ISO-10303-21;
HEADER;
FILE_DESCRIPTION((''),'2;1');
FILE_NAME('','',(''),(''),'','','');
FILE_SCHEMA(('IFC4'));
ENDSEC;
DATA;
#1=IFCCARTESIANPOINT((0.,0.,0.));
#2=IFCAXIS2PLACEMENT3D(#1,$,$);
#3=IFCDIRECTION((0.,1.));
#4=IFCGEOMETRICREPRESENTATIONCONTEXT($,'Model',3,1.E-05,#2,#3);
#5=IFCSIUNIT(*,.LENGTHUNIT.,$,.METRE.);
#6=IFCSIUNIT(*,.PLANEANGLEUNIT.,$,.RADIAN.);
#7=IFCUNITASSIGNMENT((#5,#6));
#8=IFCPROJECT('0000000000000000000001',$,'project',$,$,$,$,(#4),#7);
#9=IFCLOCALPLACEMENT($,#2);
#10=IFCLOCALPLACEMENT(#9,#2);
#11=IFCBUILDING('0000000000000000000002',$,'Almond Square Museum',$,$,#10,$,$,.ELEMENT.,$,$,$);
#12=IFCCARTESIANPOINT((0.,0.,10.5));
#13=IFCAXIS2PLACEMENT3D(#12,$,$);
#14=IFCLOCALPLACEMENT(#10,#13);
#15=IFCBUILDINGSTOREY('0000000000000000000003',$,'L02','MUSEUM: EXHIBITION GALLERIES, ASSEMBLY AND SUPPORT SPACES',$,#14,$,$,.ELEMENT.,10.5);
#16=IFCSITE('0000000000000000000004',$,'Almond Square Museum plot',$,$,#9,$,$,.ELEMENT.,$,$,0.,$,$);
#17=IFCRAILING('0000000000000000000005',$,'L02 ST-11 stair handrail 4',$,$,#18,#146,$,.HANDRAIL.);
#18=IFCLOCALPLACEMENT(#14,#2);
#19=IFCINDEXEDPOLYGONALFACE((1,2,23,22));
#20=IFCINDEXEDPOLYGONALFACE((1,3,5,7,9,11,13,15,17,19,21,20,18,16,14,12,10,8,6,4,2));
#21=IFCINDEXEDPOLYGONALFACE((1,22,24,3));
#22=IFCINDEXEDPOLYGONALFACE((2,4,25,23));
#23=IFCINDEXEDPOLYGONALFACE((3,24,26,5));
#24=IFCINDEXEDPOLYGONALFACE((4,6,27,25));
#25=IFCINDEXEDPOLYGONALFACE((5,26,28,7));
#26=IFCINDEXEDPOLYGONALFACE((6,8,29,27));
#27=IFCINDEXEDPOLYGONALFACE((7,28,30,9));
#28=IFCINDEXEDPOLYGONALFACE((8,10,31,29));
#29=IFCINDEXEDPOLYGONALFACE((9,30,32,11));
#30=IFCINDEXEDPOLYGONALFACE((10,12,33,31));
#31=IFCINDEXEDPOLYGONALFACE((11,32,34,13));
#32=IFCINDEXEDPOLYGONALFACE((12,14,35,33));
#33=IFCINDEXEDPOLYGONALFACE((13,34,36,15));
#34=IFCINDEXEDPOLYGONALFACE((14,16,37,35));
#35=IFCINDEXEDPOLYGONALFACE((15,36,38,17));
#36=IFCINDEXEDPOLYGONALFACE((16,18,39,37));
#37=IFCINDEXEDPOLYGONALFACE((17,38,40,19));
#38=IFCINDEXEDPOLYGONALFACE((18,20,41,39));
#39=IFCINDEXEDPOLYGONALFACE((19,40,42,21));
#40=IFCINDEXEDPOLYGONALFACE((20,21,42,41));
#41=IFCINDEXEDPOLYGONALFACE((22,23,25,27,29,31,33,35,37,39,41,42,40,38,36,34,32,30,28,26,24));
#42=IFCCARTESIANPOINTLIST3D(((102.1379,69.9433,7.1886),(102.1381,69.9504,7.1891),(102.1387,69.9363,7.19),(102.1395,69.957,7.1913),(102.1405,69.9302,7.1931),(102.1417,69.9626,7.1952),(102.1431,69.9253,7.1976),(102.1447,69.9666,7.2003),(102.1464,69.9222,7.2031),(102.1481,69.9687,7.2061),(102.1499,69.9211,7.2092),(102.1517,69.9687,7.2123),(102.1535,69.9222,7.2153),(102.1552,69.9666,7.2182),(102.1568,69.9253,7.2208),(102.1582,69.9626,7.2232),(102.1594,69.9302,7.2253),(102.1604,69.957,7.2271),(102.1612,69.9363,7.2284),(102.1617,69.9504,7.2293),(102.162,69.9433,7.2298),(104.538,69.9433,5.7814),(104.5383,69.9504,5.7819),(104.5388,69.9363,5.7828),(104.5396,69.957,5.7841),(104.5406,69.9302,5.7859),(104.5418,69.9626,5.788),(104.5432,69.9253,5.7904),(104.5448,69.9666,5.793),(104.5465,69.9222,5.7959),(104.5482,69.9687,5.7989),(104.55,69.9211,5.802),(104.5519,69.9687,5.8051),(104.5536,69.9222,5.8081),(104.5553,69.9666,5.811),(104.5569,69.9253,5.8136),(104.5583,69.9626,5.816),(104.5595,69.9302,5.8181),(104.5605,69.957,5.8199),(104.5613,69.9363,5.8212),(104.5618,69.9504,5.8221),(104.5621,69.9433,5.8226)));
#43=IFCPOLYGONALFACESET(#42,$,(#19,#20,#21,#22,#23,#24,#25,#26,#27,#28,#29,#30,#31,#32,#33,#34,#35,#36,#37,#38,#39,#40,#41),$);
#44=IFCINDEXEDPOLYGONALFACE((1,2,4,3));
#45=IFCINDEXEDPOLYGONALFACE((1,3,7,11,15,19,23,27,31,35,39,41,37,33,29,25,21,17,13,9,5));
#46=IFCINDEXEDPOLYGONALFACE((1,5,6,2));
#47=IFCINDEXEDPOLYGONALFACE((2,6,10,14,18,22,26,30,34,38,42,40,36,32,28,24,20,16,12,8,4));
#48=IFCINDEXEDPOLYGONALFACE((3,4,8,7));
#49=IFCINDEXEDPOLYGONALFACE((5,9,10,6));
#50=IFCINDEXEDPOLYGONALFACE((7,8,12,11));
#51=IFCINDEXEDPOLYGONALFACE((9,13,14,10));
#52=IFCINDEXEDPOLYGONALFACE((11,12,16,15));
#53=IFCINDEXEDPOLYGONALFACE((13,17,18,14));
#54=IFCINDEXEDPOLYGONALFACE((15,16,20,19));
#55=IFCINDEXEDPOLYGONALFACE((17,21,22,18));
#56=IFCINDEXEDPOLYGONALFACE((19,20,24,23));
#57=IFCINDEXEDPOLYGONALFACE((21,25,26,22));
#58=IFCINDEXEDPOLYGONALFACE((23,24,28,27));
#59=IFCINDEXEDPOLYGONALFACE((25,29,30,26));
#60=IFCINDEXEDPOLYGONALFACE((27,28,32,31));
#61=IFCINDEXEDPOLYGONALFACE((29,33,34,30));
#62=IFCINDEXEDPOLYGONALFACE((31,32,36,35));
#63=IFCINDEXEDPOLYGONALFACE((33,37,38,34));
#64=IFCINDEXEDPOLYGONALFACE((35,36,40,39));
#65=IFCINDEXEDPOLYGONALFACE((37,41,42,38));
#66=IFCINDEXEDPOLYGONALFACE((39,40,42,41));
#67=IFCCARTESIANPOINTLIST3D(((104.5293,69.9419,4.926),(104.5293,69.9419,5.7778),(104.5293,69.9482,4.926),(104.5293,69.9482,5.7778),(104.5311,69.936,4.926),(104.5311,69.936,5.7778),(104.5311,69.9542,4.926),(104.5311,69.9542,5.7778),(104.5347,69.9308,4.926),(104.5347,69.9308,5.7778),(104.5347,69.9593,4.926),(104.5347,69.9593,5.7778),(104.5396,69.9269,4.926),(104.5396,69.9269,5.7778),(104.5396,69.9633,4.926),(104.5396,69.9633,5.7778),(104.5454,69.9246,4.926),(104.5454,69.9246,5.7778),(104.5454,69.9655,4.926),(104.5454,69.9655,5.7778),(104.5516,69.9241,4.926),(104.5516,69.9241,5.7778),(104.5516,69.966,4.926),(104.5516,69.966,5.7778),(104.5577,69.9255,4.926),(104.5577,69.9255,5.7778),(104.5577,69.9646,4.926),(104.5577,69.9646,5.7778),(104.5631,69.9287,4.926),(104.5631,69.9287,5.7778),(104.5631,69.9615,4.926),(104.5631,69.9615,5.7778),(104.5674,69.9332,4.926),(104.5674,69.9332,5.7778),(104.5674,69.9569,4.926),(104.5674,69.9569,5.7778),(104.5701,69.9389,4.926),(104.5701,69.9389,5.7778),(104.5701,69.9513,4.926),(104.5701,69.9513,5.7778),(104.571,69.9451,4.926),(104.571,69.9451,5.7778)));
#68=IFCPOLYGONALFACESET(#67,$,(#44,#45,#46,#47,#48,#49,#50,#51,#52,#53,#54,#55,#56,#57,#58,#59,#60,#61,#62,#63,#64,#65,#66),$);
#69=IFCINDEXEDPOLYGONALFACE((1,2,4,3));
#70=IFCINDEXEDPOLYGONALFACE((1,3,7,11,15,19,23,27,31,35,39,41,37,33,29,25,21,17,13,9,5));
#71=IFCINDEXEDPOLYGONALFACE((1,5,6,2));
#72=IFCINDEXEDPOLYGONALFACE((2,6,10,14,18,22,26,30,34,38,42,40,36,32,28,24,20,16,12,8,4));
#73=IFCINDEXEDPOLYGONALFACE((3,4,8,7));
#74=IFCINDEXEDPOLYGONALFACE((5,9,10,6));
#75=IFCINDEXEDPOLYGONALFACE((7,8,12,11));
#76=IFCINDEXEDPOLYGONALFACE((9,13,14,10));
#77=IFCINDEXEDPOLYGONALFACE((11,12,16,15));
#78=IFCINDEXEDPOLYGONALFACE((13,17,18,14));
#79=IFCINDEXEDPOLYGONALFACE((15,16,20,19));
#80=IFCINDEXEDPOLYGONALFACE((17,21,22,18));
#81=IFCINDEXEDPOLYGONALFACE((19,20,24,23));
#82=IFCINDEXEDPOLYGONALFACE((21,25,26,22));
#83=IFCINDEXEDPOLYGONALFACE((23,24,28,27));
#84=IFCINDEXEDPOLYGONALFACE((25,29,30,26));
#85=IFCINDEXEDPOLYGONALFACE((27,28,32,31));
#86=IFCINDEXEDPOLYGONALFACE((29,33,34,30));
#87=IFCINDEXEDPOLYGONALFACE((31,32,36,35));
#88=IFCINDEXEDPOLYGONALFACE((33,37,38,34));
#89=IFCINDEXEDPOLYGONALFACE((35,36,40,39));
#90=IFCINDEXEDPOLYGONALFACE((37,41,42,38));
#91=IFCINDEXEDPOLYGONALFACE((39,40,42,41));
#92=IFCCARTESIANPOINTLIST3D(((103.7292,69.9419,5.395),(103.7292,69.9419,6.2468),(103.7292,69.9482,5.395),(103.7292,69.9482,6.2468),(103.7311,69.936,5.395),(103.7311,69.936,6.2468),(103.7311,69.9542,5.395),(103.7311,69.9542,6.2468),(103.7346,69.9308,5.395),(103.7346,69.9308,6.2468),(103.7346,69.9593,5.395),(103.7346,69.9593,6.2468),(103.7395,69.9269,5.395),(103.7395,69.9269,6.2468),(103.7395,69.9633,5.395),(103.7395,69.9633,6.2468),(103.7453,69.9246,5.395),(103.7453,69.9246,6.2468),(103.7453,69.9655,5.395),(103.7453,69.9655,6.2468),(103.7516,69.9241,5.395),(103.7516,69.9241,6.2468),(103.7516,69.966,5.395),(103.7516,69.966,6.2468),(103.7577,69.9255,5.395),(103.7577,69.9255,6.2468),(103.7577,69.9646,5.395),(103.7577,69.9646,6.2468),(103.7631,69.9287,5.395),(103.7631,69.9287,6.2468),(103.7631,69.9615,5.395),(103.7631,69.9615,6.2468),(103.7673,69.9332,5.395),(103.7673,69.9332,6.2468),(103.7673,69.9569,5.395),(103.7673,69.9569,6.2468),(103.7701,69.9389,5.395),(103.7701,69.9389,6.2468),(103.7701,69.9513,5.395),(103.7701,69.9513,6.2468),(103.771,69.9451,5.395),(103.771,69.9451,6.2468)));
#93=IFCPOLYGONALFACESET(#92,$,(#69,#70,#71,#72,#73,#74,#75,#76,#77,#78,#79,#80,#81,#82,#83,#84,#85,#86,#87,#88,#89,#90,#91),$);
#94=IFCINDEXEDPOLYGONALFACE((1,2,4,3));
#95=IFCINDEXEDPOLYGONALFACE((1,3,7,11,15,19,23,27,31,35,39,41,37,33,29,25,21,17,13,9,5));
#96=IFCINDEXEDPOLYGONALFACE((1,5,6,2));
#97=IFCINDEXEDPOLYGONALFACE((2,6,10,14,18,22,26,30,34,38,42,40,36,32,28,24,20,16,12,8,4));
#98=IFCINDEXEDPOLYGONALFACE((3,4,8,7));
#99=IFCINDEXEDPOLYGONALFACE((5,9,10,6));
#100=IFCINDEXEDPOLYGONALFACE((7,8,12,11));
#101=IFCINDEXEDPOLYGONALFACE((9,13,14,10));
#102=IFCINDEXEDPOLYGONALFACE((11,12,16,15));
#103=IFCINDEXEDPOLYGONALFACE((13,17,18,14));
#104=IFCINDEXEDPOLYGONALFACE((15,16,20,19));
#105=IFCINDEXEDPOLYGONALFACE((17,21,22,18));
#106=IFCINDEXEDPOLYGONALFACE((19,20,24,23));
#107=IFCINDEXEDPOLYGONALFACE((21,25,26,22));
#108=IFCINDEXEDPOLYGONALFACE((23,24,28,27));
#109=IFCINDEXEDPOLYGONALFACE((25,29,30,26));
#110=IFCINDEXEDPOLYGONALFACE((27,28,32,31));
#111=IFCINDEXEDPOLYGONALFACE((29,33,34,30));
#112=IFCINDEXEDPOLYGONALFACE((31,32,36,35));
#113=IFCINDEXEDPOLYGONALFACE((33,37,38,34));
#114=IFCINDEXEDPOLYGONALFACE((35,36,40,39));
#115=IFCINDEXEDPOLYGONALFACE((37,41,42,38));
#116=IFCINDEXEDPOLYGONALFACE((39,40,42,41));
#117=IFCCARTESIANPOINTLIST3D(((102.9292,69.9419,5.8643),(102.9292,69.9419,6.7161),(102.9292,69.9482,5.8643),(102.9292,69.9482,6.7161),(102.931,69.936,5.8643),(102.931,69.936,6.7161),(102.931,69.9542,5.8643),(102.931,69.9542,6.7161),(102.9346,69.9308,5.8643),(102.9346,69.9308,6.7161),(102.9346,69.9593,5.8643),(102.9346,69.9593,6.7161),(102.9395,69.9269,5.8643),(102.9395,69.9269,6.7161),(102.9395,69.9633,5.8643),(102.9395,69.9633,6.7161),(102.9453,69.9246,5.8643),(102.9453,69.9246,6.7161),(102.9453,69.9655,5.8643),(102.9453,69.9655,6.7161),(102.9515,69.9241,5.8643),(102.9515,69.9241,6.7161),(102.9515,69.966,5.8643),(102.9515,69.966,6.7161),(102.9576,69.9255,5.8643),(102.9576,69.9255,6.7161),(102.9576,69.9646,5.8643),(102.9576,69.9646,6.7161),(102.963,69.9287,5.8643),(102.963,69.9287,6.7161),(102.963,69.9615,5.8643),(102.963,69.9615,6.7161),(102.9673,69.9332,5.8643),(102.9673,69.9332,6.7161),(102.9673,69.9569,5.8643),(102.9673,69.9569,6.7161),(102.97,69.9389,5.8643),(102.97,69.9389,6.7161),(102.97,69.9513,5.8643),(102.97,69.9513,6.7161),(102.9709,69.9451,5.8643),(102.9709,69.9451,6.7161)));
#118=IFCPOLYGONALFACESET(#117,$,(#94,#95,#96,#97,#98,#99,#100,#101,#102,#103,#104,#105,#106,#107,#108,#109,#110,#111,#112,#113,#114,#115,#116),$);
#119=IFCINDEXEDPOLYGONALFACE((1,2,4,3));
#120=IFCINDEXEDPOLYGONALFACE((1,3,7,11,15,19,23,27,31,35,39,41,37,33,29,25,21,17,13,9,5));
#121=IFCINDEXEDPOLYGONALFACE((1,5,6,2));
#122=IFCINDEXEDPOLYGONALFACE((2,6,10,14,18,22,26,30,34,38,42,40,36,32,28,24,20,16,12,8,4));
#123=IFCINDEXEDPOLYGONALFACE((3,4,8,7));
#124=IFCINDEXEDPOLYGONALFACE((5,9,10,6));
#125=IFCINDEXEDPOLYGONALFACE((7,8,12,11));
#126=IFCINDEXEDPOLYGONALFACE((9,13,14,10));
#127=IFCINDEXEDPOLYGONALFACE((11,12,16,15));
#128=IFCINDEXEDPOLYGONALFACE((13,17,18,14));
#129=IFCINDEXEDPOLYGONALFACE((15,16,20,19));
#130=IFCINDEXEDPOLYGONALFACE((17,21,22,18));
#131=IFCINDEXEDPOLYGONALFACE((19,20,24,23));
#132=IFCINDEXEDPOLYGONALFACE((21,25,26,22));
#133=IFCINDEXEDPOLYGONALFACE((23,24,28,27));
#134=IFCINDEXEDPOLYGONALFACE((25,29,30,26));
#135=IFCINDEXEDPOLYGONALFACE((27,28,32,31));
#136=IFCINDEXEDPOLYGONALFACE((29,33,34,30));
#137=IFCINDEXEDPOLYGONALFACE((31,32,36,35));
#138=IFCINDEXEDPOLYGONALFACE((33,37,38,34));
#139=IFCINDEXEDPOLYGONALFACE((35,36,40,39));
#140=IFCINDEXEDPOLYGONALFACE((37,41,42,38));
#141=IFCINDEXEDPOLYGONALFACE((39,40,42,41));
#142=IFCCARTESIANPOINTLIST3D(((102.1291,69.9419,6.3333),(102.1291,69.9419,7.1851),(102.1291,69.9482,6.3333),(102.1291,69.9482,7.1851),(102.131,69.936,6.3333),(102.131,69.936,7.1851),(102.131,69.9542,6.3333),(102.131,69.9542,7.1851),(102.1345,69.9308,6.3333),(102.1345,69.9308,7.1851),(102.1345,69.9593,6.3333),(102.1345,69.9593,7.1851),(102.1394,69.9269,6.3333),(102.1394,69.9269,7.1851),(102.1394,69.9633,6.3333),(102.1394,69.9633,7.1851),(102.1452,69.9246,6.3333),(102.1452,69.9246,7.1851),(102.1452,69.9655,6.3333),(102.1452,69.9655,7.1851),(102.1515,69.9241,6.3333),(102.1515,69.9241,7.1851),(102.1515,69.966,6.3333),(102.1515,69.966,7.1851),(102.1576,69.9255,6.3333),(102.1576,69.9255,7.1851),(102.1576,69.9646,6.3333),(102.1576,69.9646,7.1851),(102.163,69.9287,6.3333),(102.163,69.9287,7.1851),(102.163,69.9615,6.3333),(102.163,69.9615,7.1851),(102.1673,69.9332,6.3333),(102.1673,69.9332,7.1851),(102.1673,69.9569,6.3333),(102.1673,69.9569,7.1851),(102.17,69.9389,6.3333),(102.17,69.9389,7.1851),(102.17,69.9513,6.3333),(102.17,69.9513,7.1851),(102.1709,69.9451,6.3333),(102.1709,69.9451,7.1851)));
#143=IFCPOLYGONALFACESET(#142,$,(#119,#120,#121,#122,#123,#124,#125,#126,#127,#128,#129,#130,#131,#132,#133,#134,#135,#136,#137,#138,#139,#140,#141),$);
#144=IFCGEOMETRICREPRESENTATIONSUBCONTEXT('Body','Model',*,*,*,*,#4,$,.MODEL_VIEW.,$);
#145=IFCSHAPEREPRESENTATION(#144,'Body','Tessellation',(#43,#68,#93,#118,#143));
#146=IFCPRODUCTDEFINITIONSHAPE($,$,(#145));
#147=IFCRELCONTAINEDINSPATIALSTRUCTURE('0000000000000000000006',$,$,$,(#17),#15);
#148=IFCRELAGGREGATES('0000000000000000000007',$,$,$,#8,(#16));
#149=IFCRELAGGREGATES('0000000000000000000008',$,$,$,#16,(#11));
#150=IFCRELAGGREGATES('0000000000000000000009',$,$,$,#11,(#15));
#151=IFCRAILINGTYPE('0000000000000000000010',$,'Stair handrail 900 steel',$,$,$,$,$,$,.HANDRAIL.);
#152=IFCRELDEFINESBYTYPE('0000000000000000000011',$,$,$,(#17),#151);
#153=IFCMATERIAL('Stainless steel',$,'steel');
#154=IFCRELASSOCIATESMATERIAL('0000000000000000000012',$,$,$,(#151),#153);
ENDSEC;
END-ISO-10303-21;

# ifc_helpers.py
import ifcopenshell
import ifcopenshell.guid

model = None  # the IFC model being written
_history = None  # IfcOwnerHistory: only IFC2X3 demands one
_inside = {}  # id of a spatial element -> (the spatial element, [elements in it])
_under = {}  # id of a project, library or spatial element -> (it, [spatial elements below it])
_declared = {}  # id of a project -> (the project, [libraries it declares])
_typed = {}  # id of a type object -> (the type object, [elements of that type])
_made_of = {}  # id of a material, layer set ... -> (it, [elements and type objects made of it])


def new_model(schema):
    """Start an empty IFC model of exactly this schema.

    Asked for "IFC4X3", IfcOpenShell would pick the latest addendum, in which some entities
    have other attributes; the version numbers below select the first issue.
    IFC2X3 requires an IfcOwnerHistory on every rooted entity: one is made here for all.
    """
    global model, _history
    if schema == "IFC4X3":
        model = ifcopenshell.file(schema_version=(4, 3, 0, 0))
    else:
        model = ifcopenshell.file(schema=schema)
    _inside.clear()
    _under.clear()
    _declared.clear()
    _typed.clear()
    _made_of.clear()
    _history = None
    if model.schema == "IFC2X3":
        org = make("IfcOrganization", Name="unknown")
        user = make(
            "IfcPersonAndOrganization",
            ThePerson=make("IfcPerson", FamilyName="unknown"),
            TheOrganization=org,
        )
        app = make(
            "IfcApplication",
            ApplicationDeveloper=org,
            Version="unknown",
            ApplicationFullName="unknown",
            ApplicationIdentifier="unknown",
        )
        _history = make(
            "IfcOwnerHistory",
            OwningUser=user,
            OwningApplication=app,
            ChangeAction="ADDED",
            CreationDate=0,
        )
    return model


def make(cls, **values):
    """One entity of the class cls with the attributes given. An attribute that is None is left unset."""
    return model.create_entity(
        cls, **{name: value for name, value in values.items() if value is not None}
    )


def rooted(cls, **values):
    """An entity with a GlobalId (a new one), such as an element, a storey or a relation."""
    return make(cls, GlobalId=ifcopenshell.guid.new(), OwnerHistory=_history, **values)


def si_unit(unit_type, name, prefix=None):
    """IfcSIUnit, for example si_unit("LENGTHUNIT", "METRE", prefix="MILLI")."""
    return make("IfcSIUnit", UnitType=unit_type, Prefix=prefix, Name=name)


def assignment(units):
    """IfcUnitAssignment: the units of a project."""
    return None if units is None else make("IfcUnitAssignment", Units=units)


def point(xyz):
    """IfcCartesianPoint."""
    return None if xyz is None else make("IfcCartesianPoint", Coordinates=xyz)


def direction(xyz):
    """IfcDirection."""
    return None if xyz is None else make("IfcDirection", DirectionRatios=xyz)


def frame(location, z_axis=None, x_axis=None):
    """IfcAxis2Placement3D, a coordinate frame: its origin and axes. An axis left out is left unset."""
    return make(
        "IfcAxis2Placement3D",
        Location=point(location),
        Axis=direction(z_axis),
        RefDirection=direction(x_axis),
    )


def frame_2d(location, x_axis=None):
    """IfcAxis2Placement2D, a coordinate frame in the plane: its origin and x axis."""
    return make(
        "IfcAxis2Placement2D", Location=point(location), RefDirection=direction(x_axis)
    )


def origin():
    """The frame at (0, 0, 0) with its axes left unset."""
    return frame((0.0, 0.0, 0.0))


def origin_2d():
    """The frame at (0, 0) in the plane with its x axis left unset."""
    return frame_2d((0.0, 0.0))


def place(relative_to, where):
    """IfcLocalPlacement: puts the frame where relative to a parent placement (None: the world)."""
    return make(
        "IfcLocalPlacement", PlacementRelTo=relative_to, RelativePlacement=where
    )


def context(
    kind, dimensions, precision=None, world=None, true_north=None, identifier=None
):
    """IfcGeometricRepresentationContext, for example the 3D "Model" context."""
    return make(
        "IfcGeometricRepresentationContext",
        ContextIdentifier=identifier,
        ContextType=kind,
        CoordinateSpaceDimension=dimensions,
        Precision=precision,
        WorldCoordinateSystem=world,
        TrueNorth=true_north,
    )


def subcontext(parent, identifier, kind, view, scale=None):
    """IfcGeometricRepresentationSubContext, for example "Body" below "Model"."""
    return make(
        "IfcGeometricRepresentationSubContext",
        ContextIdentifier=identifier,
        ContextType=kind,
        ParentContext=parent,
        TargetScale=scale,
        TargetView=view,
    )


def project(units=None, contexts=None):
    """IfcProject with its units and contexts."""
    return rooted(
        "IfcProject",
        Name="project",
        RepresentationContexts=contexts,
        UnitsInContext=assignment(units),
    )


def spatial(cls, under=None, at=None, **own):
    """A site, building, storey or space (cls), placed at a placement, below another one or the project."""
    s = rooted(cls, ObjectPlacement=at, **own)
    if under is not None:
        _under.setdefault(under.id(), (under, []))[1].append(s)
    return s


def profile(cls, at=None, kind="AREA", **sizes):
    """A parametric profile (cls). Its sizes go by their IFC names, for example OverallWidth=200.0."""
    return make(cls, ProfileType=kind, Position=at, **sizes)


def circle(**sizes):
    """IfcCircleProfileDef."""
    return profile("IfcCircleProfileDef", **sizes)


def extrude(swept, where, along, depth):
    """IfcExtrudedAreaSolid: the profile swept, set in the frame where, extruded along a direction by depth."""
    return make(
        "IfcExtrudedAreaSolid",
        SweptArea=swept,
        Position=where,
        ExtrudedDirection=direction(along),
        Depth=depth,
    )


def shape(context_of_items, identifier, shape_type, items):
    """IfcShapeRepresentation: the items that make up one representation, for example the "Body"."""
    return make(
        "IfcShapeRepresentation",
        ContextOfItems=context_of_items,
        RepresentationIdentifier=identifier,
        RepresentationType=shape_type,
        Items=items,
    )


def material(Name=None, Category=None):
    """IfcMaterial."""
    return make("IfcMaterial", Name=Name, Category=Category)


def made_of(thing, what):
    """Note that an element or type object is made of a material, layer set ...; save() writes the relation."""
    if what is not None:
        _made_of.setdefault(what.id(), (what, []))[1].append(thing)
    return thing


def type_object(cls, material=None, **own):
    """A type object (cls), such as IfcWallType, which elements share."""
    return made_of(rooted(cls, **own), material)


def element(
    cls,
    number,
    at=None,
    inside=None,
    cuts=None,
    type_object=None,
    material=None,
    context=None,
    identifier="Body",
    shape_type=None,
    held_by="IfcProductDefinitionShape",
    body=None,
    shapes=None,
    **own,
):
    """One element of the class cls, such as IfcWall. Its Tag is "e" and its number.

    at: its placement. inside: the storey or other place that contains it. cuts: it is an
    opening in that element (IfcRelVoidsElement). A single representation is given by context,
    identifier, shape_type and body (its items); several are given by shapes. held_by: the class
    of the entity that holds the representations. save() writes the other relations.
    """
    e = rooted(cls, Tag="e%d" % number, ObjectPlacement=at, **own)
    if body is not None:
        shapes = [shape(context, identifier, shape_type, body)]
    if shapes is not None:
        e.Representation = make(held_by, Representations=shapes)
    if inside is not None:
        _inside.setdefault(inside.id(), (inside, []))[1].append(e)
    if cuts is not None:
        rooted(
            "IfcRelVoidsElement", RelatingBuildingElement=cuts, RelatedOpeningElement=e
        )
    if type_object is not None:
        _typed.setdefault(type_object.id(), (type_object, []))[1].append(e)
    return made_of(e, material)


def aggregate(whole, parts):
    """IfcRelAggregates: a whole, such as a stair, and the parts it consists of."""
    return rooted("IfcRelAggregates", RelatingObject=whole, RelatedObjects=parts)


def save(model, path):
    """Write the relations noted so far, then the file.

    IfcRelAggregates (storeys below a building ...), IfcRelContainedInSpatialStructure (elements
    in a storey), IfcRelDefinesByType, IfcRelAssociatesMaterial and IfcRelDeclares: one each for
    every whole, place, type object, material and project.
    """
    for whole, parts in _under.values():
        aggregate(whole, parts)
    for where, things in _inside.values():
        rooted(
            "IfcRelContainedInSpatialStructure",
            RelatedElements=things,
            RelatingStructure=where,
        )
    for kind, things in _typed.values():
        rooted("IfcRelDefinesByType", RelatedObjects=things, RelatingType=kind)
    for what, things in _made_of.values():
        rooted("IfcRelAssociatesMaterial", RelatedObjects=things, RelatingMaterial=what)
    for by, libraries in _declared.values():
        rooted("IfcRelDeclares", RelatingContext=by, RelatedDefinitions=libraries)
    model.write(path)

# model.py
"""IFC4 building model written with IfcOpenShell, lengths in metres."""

from ifc_helpers import new_model, si_unit, direction, frame, origin, origin_2d, place, context, subcontext, project, spatial, circle, extrude, material, type_object, element, save


model = new_model("IFC4")

# Units and contexts
model_context = context("Model", 3, precision=1e-05, world=origin(), true_north=direction((0.0, 1.0)))
body_context = subcontext(model_context, "Body", "Model", "MODEL_VIEW")
ifc_project = project(units=[si_unit("LENGTHUNIT", "METRE"), si_unit("PLANEANGLEUNIT", "RADIAN")], contexts=[model_context])

# Site, building, storey
site_placement = place(None, origin())
site = spatial("IfcSite", under=ifc_project, at=site_placement, Name="Almond Square Museum plot", CompositionType="ELEMENT", RefElevation=0.0)
building_placement = place(site_placement, origin())
building = spatial("IfcBuilding", under=site, at=building_placement, Name="Almond Square Museum", CompositionType="ELEMENT")
storey_placement = place(building_placement, frame((0.0, 0.0, 10.5)))
storey = spatial("IfcBuildingStorey", under=building, at=storey_placement, Name="L02", Description="MUSEUM: EXHIBITION GALLERIES, ASSEMBLY AND SUPPORT SPACES", CompositionType="ELEMENT", Elevation=10.5)

# Railing
ifc_material_1 = material(Name="Stainless steel", Category="steel")
railing_type_1 = type_object("IfcRailingType", Name="Stair handrail 900 steel", PredefinedType="HANDRAIL", material=ifc_material_1)
railing_1_placement = place(storey_placement, frame((104.55, 69.9451, 4.926)))
element("IfcRailing", 1, at=railing_1_placement, inside=storey, type_object=railing_type_1, Name="L02 ST-11 stair handrail 4", PredefinedType="HANDRAIL", context=body_context, shape_type="SweptSolid", body=[
    extrude(circle(Radius=0.0239, at=origin_2d()), frame((0.0, 0.0, 0.876), z_axis=(-0.86266, 0.0, 0.505785), x_axis=(0.0, -1.0, 0.0)), (0.0, 0.0, 1.0), 2.7822),
    extrude(circle(Radius=0.021, at=origin_2d()), origin(), (0.0, 0.0, 1.0), 0.8518),
    extrude(circle(Radius=0.021, at=origin_2d()), frame((-0.8, 0.0, 0.469)), (0.0, 0.0, 1.0), 0.8518),
    extrude(circle(Radius=0.021, at=origin_2d()), frame((-1.6001, 0.0, 0.9382)), (0.0, 0.0, 1.0), 0.8518),
    extrude(circle(Radius=0.021, at=origin_2d()), frame((-2.4001, 0.0, 1.4072)), (0.0, 0.0, 1.0), 0.8518),
])

save(model, "model.ifc")
